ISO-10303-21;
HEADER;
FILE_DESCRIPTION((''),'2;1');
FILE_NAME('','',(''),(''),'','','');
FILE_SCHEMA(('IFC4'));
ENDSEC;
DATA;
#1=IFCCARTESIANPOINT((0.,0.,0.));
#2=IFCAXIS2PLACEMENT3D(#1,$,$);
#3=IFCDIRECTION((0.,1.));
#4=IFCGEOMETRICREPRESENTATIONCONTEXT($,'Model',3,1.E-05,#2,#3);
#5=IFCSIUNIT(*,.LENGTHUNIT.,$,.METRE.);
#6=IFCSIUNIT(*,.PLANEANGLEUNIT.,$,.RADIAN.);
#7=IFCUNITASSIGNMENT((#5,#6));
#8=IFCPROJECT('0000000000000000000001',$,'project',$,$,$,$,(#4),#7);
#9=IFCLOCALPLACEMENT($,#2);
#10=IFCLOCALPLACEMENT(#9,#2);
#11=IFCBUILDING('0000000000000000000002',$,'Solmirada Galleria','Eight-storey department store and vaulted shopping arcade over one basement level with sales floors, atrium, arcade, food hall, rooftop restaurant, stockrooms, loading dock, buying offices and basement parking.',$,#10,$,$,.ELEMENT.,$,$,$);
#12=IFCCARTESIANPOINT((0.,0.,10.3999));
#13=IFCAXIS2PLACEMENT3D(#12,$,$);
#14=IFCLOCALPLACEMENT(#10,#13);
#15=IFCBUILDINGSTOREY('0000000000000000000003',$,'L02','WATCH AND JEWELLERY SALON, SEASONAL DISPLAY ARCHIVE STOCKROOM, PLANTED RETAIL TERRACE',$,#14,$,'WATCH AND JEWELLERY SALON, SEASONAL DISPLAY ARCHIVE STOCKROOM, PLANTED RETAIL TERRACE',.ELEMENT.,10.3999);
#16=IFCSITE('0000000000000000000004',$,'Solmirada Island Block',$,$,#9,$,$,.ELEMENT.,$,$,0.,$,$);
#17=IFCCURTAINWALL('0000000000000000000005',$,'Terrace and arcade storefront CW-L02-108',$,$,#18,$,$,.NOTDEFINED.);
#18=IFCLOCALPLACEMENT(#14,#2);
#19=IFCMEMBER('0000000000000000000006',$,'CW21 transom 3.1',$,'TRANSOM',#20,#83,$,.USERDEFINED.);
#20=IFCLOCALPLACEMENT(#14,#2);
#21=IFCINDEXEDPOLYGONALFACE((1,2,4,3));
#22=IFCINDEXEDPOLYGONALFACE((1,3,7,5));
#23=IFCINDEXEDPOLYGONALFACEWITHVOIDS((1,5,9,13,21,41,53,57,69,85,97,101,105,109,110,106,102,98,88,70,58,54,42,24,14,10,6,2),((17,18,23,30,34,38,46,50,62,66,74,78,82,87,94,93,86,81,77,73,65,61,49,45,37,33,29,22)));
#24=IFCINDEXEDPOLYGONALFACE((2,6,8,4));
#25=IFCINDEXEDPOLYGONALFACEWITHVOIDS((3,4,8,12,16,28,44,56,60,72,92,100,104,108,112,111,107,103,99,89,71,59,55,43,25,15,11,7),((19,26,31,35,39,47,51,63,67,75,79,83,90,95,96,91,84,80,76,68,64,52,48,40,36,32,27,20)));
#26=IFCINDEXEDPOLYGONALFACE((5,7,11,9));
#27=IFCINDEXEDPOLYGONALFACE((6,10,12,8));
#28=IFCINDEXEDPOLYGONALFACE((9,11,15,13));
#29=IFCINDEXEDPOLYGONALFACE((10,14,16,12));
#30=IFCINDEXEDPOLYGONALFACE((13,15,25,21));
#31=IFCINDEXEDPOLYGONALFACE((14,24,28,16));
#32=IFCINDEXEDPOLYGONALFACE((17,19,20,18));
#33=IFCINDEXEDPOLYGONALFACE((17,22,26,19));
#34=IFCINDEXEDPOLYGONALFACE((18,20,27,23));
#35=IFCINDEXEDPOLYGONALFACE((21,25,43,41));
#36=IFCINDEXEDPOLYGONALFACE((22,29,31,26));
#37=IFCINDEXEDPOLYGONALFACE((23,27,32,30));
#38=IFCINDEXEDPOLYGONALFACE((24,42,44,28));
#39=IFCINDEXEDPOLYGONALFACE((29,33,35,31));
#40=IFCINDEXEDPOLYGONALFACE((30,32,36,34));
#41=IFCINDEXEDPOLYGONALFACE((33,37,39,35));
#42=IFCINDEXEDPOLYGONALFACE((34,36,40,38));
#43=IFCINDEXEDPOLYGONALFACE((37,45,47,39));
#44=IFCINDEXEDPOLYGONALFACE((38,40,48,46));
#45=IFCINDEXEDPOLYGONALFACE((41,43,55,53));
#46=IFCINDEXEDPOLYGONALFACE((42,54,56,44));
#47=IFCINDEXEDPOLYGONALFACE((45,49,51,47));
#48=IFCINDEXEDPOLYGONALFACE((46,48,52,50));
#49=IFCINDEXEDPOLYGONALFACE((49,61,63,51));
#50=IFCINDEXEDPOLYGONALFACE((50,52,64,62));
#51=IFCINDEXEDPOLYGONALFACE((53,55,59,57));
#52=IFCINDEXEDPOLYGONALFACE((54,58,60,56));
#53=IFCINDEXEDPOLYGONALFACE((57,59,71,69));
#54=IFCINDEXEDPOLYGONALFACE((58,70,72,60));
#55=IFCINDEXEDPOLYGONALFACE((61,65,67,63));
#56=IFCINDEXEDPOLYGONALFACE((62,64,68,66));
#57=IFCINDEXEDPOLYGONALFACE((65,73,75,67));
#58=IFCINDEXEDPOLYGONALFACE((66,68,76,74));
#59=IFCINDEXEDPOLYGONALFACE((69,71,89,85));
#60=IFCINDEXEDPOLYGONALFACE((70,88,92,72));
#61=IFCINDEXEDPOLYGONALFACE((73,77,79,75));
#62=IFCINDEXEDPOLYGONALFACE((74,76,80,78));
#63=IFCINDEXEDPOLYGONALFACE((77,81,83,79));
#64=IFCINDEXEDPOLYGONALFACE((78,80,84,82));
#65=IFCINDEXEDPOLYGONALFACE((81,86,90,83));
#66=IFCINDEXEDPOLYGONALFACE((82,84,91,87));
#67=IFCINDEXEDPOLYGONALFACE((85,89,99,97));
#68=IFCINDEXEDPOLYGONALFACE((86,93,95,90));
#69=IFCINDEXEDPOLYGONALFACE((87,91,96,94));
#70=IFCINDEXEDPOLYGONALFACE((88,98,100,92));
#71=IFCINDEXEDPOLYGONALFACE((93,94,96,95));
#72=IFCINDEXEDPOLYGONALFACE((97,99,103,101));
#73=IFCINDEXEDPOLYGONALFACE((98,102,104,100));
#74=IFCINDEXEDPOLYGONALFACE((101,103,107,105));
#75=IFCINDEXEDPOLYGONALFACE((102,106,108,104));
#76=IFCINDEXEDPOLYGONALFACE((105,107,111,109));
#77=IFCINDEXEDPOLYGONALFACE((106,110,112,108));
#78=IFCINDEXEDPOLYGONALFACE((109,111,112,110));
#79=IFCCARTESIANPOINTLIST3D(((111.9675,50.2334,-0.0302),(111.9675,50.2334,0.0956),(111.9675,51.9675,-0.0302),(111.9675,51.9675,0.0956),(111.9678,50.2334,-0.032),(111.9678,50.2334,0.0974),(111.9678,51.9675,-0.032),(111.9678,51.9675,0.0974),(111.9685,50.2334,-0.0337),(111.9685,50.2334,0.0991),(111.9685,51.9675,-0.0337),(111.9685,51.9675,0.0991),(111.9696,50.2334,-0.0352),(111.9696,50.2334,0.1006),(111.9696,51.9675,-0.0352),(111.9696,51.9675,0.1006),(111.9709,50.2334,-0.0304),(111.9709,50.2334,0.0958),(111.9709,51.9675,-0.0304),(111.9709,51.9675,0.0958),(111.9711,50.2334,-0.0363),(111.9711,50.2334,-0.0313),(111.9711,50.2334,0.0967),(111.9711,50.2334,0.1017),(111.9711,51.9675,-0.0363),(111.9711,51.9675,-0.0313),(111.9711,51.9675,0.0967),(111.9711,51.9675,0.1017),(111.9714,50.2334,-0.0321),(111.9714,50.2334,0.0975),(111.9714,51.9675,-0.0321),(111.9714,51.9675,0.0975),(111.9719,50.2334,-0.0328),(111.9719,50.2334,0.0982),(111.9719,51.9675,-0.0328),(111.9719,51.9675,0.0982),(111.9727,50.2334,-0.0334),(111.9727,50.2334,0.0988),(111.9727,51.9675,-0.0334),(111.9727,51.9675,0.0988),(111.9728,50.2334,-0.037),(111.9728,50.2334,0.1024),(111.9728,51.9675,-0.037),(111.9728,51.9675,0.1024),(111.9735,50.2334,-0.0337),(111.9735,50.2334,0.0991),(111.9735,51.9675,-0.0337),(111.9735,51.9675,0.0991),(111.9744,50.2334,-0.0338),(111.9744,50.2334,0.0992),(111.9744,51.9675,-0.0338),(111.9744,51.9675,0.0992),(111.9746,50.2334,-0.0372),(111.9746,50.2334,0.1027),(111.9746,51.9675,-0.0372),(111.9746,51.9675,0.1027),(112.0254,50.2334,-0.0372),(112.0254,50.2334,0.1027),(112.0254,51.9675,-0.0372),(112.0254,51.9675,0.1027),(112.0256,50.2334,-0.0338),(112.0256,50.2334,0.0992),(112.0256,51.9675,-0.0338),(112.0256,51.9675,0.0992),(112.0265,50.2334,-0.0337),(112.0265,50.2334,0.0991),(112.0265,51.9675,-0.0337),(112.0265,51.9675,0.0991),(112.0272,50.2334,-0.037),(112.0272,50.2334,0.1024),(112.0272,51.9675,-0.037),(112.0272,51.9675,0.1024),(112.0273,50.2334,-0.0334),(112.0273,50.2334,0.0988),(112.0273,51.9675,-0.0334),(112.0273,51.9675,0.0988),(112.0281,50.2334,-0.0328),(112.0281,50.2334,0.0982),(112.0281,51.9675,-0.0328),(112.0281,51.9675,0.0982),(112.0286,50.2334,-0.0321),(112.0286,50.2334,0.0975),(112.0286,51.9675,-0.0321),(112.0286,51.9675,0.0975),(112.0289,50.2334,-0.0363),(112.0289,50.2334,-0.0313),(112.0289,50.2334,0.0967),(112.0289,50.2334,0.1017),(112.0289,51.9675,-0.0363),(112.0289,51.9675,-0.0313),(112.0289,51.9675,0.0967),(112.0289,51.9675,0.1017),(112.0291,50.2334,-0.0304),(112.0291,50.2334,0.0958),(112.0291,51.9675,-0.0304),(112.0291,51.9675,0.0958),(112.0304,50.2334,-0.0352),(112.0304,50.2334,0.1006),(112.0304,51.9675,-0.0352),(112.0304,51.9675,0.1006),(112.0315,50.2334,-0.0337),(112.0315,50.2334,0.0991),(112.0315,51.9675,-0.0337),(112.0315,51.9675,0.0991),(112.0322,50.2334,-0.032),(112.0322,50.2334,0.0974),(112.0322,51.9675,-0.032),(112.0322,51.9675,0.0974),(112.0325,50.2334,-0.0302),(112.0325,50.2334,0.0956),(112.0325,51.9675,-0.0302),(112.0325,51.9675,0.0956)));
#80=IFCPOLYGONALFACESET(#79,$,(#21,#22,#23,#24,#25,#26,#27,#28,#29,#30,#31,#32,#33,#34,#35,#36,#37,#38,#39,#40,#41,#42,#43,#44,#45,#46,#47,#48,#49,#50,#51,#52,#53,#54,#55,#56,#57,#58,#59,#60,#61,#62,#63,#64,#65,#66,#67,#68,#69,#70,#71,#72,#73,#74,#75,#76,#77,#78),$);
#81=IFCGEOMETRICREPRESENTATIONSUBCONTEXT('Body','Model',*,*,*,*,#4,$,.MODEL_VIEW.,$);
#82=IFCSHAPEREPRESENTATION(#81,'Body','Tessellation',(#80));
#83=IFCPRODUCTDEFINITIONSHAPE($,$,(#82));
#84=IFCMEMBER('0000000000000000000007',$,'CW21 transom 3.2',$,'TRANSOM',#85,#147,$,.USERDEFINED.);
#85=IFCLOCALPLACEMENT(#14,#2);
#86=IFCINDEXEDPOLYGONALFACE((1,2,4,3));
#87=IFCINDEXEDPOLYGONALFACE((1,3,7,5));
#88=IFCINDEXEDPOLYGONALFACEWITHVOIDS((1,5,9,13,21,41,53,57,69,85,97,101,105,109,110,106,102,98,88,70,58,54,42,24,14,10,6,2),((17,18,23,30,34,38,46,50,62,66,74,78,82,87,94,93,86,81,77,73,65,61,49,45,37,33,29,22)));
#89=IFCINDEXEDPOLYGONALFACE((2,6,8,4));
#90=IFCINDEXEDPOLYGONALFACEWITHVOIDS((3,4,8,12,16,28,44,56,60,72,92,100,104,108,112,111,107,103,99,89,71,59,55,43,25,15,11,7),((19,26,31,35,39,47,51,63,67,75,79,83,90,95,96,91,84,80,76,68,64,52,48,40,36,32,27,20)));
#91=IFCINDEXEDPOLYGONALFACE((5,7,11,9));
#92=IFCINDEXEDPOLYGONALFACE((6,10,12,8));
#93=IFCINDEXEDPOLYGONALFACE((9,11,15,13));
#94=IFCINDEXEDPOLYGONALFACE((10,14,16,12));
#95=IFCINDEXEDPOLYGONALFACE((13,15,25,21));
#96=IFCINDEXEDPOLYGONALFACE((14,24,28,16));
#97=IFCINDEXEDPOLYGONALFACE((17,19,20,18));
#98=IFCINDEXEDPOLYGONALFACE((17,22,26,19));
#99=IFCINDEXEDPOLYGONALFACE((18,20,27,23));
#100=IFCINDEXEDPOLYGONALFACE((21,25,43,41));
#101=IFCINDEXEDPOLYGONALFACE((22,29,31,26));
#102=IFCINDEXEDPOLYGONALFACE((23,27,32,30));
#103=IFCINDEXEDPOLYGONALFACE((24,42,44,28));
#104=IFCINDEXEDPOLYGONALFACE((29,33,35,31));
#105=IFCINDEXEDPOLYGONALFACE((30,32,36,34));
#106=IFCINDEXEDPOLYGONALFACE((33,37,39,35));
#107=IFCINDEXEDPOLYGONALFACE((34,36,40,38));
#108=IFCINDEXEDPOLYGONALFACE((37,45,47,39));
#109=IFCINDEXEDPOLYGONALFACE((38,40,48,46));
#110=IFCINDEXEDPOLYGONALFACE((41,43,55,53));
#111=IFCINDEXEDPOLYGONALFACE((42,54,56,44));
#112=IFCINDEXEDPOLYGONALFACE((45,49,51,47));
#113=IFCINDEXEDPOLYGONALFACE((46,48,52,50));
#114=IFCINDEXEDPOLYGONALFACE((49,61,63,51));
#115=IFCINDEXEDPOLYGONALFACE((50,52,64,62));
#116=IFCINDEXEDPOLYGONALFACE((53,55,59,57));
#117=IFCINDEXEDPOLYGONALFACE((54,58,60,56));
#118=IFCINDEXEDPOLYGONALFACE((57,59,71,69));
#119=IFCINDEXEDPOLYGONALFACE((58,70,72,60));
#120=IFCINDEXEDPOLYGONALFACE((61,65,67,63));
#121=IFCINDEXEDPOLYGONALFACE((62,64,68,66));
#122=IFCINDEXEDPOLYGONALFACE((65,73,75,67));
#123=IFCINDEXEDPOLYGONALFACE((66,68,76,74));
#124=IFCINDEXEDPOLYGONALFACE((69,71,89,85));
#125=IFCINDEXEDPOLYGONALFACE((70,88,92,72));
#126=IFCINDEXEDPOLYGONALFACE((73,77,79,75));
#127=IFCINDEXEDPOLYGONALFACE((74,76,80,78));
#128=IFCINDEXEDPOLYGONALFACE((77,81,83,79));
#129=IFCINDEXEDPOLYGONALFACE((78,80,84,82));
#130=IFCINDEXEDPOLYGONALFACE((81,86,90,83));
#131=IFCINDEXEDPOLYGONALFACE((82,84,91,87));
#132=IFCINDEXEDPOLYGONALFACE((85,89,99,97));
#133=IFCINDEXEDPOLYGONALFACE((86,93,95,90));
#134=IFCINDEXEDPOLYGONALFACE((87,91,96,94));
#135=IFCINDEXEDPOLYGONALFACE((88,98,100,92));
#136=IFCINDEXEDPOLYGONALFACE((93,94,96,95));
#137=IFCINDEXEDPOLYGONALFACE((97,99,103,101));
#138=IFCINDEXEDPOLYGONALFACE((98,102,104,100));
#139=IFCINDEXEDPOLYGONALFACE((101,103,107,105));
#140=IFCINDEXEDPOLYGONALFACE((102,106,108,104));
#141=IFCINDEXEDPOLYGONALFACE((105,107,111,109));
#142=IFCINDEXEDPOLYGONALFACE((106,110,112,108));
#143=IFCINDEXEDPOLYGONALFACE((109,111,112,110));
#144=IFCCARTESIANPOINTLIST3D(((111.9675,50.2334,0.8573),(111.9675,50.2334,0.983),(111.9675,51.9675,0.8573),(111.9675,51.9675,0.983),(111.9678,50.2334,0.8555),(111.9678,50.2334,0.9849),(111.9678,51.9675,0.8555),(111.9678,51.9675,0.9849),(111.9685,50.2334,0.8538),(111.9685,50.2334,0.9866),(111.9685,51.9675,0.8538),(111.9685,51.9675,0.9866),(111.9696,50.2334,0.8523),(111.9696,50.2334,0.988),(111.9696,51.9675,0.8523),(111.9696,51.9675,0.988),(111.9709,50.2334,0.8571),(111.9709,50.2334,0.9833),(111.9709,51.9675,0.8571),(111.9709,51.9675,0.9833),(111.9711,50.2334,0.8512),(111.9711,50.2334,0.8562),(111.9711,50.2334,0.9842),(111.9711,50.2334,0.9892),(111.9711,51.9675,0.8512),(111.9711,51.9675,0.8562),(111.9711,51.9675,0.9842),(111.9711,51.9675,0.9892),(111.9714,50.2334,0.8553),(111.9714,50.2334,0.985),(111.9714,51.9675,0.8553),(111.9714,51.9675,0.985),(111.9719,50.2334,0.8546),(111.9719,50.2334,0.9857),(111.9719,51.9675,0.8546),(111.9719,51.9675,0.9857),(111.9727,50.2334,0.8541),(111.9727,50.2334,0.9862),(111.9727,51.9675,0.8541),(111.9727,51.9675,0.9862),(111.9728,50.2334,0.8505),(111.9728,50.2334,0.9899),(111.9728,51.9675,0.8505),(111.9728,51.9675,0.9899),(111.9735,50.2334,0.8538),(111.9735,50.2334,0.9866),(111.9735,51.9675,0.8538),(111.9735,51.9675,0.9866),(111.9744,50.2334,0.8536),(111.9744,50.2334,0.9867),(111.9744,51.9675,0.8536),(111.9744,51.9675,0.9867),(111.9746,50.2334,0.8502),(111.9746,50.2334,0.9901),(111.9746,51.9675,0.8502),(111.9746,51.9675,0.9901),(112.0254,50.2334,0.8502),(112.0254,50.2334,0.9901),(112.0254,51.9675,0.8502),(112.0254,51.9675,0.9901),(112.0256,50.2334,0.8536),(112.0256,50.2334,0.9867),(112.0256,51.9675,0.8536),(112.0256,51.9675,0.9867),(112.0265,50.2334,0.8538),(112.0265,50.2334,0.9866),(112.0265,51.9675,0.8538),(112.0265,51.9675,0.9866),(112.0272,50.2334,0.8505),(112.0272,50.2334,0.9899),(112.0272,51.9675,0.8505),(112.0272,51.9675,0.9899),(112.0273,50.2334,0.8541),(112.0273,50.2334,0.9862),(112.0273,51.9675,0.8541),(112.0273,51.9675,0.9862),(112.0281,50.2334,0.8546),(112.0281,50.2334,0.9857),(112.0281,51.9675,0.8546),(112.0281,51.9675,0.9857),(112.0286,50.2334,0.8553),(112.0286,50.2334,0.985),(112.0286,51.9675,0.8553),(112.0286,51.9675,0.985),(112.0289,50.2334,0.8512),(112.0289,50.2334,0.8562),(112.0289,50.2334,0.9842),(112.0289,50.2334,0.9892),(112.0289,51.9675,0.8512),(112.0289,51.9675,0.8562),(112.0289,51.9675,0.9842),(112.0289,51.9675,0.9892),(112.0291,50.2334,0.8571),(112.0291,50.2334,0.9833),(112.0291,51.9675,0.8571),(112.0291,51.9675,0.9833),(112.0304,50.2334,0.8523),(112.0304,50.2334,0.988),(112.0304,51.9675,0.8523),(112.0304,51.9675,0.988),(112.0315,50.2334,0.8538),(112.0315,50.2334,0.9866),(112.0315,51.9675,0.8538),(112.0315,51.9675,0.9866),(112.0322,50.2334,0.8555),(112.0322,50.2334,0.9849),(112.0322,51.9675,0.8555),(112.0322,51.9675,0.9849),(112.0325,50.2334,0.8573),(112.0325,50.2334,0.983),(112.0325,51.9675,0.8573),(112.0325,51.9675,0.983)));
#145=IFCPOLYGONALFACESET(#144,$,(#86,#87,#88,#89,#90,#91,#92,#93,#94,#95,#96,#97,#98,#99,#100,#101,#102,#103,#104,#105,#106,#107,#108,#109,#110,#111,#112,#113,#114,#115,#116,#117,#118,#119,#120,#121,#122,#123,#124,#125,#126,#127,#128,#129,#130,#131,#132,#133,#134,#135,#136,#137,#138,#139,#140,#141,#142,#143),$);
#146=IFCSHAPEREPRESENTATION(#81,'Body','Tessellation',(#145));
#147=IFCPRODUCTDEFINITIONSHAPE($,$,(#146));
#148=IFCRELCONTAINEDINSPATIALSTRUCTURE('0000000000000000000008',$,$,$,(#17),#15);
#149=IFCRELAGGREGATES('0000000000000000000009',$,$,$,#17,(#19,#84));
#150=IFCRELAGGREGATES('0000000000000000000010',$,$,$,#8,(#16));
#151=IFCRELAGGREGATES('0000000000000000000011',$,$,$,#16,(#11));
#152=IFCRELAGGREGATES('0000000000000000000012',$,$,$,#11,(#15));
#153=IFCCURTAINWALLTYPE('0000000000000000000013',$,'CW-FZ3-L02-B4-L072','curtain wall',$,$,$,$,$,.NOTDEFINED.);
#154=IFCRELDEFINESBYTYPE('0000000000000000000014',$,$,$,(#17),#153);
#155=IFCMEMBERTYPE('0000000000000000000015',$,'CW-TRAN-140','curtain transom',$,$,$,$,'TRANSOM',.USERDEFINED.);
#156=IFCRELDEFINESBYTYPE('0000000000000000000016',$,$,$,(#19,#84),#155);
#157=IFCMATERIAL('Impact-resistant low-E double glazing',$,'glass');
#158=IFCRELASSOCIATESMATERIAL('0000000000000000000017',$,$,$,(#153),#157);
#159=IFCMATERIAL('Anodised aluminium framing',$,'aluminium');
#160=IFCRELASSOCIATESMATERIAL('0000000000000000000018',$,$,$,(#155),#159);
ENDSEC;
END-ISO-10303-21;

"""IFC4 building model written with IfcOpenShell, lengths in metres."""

from ifc_helpers import new_model, si_unit, direction, frame, origin, origin_2d, place, context, subcontext, project, spatial, hollow_rectangle, extrude, material, material_profile, profile_set, type_object, element, aggregate, save


model = new_model("IFC4")

# Units and contexts
model_context = context("Model", 3, precision=1e-05, world=origin(), true_north=direction((0.0, 1.0)))
body_context = subcontext(model_context, "Body", "Model", "MODEL_VIEW")
ifc_project = project(units=[si_unit("LENGTHUNIT", "METRE"), si_unit("PLANEANGLEUNIT", "RADIAN")], contexts=[model_context])

# Site, building, storey
site_placement = place(None, origin())
site = spatial("IfcSite", under=ifc_project, at=site_placement, Name="Solmirada Island Block", CompositionType="ELEMENT", RefElevation=0.0)
building_placement = place(site_placement, origin())
building = spatial("IfcBuilding", under=site, at=building_placement, Name="Solmirada Galleria", Description="Eight-storey department store and vaulted shopping arcade over one basement level with sales floors, atrium, arcade, food hall, rooftop restaurant, stockrooms, loading dock, buying offices and basement parking.", CompositionType="ELEMENT")
storey_placement = place(building_placement, frame((0.0, 0.0, 10.3999)))
storey = spatial("IfcBuildingStorey", under=building, at=storey_placement, Name="L02", Description="WATCH AND JEWELLERY SALON, SEASONAL DISPLAY ARCHIVE STOCKROOM, PLANTED RETAIL TERRACE", LongName="WATCH AND JEWELLERY SALON, SEASONAL DISPLAY ARCHIVE STOCKROOM, PLANTED RETAIL TERRACE", CompositionType="ELEMENT", Elevation=10.3999)

# Curtain wall
ifc_material_1 = material(Name="Impact-resistant low-E double glazing", Category="glass")
curtain_wall_type = type_object("IfcCurtainWallType", Name="CW-FZ3-L02-B4-L072", Description="curtain wall", PredefinedType="NOTDEFINED", material=ifc_material_1)
ifc_material_2 = material(Name="Anodised aluminium framing", Category="aluminium")
curtain_wall_1_placement = place(storey_placement, origin())
curtain_wall_1 = element("IfcCurtainWall", 1, at=curtain_wall_1_placement, inside=storey, type_object=curtain_wall_type, Name="Terrace and arcade storefront CW-L02-108", PredefinedType="NOTDEFINED")

# Members
ifc_material_profile_1 = material_profile(ifc_material_2, hollow_rectangle(XDim=0.0649, YDim=0.1399, WallThickness=0.0034, InnerFilletRadius=0.0034, OuterFilletRadius=0.0071, at=origin_2d()), Name="ALU-TRAN-140X65")
ifc_profile_set_1 = profile_set([ifc_material_profile_1], Name="Anodised aluminium framing")
member_type_1 = type_object("IfcMemberType", Name="CW-TRAN-140", Description="curtain transom", ElementType="TRANSOM", PredefinedType="USERDEFINED", material=ifc_profile_set_1)
member_1_placement = place(storey_placement, frame((112.0, 51.9675, 0.0327), z_axis=(0.0, -1.0, 0.0), x_axis=(1.0, 0.0, 0.0)))
member_1 = element("IfcMember", 2, at=member_1_placement, type_object=member_type_1, Name="CW21 transom 3.1", ObjectType="TRANSOM", PredefinedType="USERDEFINED", context=body_context, shape_type="SweptSolid", body=[
    extrude(hollow_rectangle(XDim=0.0649, YDim=0.1399, WallThickness=0.0034, InnerFilletRadius=0.0034, OuterFilletRadius=0.0071, at=origin_2d()), origin(), (0.0, 0.0, 1.0), 1.7341),
])
member_2_placement = place(storey_placement, frame((112.0, 51.9675, 0.9202), z_axis=(0.0, -1.0, 0.0), x_axis=(1.0, 0.0, 0.0)))
member_2 = element("IfcMember", 3, at=member_2_placement, type_object=member_type_1, Name="CW21 transom 3.2", ObjectType="TRANSOM", PredefinedType="USERDEFINED", context=body_context, shape_type="SweptSolid", body=[
    extrude(hollow_rectangle(XDim=0.0649, YDim=0.1399, WallThickness=0.0034, InnerFilletRadius=0.0034, OuterFilletRadius=0.0071, at=origin_2d()), origin(), (0.0, 0.0, 1.0), 1.7341),
])

aggregate(curtain_wall_1, [member_1, member_2])

save(model, "model.ifc")
